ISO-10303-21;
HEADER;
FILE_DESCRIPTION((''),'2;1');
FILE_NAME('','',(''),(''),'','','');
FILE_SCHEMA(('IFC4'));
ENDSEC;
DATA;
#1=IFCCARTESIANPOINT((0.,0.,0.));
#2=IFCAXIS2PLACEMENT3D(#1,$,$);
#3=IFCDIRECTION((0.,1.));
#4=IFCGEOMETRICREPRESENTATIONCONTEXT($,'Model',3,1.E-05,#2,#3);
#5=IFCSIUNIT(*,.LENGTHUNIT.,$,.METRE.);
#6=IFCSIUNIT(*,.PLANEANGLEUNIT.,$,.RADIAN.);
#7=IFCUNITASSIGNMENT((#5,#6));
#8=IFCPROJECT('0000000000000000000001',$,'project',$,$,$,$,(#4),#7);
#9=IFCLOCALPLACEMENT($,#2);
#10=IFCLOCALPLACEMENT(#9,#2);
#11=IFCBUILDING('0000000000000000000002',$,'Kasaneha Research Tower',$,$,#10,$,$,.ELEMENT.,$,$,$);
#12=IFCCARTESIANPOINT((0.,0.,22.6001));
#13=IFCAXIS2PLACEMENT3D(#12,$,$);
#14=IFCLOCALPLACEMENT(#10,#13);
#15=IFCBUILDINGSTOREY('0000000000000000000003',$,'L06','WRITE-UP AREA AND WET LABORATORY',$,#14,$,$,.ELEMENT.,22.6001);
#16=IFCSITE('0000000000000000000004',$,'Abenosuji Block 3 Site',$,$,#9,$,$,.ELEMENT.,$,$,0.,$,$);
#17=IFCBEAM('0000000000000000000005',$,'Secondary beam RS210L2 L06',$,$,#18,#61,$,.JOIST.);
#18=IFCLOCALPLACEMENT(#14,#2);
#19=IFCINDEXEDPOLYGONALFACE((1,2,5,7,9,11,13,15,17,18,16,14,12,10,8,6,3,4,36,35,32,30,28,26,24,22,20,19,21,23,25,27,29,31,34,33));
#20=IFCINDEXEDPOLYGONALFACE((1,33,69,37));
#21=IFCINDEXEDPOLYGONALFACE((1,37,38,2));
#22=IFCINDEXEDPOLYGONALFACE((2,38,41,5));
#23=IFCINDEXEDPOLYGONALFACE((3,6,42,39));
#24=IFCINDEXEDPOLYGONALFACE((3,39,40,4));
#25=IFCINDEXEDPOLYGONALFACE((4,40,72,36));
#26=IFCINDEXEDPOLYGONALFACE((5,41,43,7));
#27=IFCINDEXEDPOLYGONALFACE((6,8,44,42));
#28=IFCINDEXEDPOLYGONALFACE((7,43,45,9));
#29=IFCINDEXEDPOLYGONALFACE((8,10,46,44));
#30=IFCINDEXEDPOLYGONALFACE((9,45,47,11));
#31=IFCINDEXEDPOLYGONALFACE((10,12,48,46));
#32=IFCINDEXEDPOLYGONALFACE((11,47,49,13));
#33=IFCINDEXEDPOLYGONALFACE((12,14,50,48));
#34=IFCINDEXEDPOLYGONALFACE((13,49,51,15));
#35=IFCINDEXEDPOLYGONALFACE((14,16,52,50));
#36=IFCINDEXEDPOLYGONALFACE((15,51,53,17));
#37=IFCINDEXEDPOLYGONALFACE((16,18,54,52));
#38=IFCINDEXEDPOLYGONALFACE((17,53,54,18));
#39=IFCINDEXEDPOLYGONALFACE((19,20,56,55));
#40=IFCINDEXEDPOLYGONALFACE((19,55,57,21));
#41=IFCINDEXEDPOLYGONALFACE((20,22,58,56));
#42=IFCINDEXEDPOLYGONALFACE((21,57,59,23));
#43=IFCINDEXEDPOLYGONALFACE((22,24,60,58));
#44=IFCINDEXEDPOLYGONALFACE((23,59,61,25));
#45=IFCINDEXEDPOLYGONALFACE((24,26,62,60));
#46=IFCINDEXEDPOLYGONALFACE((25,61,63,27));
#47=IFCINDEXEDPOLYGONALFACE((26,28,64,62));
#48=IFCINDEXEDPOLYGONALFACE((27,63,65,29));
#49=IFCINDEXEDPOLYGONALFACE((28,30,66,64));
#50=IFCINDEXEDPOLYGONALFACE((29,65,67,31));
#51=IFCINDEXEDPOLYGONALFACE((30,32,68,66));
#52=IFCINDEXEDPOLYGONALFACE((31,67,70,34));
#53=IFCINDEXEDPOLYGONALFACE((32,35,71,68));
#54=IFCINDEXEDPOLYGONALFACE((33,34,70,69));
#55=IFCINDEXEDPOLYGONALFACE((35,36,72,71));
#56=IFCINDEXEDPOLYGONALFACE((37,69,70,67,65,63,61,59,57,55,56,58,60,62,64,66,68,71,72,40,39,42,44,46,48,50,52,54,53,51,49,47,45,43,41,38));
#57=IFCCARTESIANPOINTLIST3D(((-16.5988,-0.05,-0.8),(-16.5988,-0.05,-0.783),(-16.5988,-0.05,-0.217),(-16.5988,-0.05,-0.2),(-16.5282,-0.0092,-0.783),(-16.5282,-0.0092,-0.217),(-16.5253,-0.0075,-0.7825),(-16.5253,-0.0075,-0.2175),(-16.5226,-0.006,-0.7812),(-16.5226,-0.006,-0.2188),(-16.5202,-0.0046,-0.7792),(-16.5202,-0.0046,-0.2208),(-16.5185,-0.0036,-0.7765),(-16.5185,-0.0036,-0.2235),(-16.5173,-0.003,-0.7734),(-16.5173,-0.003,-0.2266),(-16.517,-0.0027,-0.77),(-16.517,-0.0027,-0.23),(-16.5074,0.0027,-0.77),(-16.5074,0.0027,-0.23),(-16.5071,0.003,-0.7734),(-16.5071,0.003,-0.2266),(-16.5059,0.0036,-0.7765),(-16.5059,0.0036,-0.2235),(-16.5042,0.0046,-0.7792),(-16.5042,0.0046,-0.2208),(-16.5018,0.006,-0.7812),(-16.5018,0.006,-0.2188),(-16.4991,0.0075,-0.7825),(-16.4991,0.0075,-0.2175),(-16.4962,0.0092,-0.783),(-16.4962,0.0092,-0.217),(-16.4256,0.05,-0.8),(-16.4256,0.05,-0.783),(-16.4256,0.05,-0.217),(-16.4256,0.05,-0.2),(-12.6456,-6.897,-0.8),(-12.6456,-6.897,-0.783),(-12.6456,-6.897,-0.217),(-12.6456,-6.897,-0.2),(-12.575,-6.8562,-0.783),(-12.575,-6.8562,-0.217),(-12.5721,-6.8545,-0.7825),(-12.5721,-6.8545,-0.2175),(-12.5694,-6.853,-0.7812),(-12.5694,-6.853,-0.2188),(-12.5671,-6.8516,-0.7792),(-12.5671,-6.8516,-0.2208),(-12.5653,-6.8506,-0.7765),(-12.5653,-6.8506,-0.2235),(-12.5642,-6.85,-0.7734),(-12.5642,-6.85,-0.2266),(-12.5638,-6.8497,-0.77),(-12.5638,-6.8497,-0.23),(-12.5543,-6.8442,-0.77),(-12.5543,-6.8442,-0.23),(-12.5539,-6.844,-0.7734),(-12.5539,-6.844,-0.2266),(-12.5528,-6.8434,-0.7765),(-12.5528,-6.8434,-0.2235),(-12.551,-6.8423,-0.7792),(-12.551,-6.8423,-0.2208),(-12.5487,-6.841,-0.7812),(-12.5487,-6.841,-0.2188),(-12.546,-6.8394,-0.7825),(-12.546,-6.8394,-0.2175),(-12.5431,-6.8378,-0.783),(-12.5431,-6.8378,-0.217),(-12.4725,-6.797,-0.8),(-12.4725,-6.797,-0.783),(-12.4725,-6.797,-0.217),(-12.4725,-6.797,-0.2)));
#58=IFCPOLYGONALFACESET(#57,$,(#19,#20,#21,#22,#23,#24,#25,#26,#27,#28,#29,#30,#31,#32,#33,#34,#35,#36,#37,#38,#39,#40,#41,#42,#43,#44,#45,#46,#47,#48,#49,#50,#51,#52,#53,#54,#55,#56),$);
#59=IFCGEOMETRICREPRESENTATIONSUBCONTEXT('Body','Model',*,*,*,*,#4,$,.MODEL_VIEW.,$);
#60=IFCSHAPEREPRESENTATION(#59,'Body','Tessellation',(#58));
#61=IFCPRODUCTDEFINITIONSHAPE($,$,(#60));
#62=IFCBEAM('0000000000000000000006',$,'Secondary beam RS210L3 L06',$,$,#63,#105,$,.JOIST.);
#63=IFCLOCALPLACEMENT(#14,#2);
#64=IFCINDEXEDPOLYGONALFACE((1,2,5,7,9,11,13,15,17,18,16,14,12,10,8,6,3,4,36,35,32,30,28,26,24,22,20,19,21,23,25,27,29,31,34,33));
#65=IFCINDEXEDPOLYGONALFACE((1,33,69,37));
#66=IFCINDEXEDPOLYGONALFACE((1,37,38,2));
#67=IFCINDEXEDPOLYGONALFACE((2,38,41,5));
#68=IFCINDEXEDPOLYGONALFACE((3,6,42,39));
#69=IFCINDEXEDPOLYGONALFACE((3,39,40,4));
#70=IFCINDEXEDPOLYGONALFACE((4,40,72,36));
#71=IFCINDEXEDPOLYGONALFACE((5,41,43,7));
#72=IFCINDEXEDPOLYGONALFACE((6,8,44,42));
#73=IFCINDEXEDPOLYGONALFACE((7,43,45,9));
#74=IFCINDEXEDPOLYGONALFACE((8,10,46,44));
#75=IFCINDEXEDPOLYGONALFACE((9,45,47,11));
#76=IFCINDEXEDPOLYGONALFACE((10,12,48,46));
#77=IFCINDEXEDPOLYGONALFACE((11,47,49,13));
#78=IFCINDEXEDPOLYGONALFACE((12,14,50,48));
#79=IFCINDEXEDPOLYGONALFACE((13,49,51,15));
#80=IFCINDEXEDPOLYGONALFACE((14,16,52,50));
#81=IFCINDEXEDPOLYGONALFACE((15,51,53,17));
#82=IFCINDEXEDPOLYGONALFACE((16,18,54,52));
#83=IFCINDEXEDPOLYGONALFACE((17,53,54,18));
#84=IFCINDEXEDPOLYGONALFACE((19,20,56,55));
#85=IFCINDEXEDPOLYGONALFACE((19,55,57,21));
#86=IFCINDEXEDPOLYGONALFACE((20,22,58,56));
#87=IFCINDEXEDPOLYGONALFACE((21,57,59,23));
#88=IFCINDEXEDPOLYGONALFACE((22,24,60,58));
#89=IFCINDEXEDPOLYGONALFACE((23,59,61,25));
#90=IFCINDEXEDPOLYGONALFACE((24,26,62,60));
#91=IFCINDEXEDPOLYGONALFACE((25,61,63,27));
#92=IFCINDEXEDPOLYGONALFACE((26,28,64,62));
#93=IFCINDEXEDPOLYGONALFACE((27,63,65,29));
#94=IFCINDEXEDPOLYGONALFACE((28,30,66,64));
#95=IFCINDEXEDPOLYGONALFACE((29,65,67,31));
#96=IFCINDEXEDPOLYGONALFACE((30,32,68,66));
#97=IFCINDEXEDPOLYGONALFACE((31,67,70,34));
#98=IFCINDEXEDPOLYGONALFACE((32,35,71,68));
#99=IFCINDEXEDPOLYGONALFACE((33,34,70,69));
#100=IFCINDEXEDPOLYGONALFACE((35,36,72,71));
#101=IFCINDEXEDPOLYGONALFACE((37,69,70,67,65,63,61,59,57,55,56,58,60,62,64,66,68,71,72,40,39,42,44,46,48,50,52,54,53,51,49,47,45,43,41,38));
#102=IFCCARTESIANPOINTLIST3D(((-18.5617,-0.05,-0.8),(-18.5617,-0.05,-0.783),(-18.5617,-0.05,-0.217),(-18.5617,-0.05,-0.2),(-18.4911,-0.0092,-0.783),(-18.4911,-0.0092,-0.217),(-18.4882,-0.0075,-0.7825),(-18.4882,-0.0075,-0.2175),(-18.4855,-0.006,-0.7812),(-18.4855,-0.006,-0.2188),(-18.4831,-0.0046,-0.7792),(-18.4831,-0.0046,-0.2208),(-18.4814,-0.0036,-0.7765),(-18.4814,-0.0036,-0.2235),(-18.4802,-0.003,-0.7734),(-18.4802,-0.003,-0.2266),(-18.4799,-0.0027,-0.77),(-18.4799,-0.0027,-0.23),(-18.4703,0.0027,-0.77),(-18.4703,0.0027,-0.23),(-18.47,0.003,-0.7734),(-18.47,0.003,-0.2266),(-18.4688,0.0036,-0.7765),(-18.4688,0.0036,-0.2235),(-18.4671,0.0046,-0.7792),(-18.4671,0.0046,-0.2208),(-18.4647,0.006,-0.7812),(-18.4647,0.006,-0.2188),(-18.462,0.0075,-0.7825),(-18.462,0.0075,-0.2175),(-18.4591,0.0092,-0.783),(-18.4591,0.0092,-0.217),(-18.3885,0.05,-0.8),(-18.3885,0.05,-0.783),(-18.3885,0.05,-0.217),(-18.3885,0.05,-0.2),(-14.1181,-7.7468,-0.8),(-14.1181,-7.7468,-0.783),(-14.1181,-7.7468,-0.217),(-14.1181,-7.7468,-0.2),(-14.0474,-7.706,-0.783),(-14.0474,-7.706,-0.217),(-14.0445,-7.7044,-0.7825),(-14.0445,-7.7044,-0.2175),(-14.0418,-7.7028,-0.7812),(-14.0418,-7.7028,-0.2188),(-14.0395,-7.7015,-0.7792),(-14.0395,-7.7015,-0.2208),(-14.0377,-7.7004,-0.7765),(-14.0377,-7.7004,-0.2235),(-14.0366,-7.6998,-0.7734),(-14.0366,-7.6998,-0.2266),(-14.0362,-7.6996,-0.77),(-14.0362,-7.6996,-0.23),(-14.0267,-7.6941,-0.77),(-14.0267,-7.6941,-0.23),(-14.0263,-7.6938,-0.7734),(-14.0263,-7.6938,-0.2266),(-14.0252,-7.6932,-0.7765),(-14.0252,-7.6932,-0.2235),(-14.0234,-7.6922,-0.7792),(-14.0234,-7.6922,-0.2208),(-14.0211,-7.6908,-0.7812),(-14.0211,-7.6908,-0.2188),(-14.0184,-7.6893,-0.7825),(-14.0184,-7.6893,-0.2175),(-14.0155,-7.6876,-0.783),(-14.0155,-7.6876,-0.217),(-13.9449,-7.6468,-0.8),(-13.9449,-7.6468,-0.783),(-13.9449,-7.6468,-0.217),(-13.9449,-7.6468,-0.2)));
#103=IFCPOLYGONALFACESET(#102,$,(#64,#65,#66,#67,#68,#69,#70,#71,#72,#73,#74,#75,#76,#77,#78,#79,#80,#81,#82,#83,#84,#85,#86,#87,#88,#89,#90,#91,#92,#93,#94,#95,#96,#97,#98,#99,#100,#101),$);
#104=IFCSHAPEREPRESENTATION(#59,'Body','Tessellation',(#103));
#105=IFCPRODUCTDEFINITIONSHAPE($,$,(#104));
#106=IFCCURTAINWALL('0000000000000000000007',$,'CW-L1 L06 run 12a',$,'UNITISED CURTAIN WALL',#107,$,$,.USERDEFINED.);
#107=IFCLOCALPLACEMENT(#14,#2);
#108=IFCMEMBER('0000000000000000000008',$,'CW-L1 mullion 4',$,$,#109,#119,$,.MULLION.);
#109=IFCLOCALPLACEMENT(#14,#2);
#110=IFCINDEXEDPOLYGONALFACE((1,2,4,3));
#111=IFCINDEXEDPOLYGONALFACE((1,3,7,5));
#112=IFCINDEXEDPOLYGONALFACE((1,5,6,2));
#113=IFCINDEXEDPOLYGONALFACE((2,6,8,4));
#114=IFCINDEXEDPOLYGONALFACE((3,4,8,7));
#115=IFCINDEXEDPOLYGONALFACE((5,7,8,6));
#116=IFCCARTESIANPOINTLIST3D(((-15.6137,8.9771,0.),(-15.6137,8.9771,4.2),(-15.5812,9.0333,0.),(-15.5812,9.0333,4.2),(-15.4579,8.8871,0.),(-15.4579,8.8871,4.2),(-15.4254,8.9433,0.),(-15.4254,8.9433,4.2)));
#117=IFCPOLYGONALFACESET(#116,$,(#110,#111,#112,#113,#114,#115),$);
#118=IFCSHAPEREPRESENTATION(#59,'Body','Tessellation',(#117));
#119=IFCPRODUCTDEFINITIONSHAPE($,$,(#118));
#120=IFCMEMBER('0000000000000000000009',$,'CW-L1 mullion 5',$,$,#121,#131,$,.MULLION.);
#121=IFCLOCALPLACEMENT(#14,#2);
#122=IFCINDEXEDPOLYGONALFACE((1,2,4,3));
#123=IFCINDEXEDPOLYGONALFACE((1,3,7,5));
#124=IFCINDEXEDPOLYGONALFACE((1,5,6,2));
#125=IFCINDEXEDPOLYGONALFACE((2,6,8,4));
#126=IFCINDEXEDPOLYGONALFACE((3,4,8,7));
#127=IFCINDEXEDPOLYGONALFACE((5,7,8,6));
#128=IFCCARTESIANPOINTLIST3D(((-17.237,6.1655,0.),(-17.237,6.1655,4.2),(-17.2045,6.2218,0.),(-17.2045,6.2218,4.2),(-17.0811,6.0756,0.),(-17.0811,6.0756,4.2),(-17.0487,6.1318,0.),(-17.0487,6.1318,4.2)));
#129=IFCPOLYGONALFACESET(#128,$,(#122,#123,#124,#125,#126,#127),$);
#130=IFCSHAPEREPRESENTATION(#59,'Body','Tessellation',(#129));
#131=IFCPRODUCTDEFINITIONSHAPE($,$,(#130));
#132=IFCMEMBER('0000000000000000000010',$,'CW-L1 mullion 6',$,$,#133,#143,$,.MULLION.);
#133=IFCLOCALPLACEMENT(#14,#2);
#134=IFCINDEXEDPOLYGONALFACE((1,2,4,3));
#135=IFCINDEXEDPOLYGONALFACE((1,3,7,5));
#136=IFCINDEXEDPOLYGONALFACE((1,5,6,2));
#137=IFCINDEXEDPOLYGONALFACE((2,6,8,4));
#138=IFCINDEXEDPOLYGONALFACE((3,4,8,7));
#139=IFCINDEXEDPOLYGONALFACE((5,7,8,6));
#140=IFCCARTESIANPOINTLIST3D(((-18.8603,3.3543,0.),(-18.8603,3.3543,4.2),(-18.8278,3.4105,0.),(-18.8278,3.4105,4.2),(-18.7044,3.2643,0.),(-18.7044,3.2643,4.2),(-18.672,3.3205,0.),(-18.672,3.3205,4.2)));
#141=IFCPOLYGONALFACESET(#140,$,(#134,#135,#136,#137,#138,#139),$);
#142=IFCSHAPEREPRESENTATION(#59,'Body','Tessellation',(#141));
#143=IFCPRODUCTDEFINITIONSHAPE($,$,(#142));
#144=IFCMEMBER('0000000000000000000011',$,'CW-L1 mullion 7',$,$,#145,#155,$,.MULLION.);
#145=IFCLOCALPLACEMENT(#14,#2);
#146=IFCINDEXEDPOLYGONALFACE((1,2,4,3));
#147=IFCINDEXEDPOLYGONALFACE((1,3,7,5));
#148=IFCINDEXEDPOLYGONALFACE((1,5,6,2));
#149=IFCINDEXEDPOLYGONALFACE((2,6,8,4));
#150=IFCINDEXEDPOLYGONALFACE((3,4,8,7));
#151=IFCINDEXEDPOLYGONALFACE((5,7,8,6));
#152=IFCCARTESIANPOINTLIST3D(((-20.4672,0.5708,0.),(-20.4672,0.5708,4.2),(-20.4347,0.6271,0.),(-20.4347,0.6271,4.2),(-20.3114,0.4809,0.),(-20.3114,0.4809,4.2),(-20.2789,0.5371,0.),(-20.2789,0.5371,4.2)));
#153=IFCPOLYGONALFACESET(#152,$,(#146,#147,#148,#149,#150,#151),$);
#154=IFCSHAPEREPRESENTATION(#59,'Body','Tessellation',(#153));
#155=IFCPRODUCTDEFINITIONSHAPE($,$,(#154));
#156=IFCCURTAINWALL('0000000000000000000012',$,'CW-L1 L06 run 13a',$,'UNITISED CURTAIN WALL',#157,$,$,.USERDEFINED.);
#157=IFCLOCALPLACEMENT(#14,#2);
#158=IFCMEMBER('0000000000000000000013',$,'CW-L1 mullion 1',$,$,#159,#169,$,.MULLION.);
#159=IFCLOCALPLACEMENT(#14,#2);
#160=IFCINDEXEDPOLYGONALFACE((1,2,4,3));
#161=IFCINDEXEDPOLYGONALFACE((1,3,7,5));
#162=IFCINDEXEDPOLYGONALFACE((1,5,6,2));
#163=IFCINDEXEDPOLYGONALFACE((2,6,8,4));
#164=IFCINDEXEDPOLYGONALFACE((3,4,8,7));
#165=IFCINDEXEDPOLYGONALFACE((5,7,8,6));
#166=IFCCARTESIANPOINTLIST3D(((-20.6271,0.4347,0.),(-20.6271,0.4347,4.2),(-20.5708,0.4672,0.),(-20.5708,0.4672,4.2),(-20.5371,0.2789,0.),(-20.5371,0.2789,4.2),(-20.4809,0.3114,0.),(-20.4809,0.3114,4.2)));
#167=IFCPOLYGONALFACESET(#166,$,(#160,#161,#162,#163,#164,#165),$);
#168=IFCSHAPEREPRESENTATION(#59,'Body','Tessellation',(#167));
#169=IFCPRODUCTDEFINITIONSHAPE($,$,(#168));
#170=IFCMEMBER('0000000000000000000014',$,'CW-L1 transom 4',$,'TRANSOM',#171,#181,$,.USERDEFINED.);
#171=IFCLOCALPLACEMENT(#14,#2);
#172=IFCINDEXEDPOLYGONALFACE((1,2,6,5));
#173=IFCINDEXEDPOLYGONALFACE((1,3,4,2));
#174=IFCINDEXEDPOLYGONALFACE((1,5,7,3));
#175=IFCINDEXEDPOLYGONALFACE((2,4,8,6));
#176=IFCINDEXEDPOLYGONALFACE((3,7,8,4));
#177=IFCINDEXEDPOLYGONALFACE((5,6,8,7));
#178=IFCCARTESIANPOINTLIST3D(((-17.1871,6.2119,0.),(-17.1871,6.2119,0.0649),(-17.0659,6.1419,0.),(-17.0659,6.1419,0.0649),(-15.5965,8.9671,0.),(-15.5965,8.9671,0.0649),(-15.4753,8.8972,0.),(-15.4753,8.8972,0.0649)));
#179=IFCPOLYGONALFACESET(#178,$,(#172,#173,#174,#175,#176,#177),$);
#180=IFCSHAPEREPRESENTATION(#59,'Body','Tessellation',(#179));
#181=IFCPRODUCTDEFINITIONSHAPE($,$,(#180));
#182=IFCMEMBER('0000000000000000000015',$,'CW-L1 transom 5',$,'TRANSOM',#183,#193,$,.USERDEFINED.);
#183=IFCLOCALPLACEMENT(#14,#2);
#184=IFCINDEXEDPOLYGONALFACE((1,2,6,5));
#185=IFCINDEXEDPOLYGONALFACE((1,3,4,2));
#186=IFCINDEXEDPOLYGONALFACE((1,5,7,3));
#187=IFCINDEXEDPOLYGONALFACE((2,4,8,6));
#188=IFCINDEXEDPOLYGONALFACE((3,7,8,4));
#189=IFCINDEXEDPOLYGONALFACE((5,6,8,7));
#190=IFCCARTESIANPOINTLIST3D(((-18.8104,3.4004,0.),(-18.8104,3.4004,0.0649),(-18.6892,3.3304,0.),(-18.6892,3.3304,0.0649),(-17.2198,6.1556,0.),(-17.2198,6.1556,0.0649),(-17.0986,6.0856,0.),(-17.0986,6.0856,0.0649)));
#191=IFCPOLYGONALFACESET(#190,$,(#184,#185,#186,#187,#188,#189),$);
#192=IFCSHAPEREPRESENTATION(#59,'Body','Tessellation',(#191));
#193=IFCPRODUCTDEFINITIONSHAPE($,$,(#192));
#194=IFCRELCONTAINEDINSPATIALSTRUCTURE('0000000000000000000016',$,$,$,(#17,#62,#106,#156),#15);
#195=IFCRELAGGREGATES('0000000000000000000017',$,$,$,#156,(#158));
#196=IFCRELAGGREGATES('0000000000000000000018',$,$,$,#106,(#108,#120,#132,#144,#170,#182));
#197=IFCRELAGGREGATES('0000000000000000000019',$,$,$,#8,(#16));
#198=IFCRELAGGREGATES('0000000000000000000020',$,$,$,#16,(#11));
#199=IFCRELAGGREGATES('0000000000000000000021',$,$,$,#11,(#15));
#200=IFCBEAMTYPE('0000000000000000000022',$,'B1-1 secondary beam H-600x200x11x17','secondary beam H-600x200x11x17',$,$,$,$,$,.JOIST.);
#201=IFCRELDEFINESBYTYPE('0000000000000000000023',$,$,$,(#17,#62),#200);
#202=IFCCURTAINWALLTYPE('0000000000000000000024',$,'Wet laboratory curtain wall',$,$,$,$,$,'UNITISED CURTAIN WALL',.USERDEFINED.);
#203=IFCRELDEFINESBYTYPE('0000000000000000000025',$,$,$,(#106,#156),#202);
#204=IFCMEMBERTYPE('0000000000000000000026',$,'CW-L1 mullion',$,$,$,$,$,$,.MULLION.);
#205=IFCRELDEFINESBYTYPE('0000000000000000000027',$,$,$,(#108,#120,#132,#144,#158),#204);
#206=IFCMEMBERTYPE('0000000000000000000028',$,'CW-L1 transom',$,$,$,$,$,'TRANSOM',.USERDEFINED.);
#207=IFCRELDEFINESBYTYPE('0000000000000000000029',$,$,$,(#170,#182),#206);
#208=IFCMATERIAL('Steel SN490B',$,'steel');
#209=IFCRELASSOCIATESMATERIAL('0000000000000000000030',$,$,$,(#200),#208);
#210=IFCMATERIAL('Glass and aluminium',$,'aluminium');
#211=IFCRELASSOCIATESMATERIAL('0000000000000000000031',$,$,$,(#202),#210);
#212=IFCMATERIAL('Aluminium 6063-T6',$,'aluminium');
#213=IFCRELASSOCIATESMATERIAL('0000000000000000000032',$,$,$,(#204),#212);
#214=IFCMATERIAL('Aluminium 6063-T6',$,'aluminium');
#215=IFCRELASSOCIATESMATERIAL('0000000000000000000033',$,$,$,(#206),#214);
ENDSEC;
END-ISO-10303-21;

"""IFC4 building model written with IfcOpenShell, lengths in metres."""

from ifc_helpers import new_model, si_unit, direction, frame, origin, origin_2d, place, context, subcontext, project, spatial, rectangle, i_section, extrude, material, material_profile, profile_set, type_object, element, aggregate, save


model = new_model("IFC4")

# Units and contexts
model_context = context("Model", 3, precision=1e-05, world=origin(), true_north=direction((0.0, 1.0)))
body_context = subcontext(model_context, "Body", "Model", "MODEL_VIEW")
ifc_project = project(units=[si_unit("LENGTHUNIT", "METRE"), si_unit("PLANEANGLEUNIT", "RADIAN")], contexts=[model_context])

# Site, building, storey
site_placement = place(None, origin())
site = spatial("IfcSite", under=ifc_project, at=site_placement, Name="Abenosuji Block 3 Site", CompositionType="ELEMENT", RefElevation=0.0)
building_placement = place(site_placement, origin())
building = spatial("IfcBuilding", under=site, at=building_placement, Name="Kasaneha Research Tower", CompositionType="ELEMENT")
storey_placement = place(building_placement, frame((0.0, 0.0, 22.6001)))
storey = spatial("IfcBuildingStorey", under=building, at=storey_placement, Name="L06", Description="WRITE-UP AREA AND WET LABORATORY", CompositionType="ELEMENT", Elevation=22.6001)

# Beams
ifc_material_1 = material(Name="Steel SN490B", Category="steel")
ifc_material_profile_1 = material_profile(ifc_material_1, i_section(OverallWidth=0.2, OverallDepth=0.6001, WebThickness=0.011, FlangeThickness=0.0171, FilletRadius=0.0129, at=origin_2d()), Name="H-600x200x11x17")
ifc_profile_set_1 = profile_set([ifc_material_profile_1], Name="Steel SN490B")
beam_type_1 = type_object("IfcBeamType", Name="B1-1 secondary beam H-600x200x11x17", Description="secondary beam H-600x200x11x17", PredefinedType="JOIST", material=ifc_profile_set_1)
beam_1_placement = place(storey_placement, frame((-16.5122, 0.0, -0.5), z_axis=(0.500005, -0.866023, 0.0), x_axis=(0.866023, 0.500005, 0.0)))
element("IfcBeam", 1, at=beam_1_placement, inside=storey, type_object=beam_type_1, Name="Secondary beam RS210L2 L06", PredefinedType="JOIST", context=body_context, shape_type="SweptSolid", body=[
    extrude(i_section(OverallWidth=0.2, OverallDepth=0.6001, WebThickness=0.011, FlangeThickness=0.0171, FilletRadius=0.0129, at=origin_2d()), origin(), (0.0, 0.0, 1.0), 7.9062),
])
beam_2_placement = place(storey_placement, frame((-18.4751, 0.0, -0.5), z_axis=(0.499989, -0.866032, 0.0), x_axis=(0.866032, 0.499989, 0.0)))
element("IfcBeam", 2, at=beam_2_placement, inside=storey, type_object=beam_type_1, Name="Secondary beam RS210L3 L06", PredefinedType="JOIST", context=body_context, shape_type="SweptSolid", body=[
    extrude(i_section(OverallWidth=0.2, OverallDepth=0.6001, WebThickness=0.011, FlangeThickness=0.0171, FilletRadius=0.0129, at=origin_2d()), origin(), (0.0, 0.0, 1.0), 8.8875),
])

# Curtain wall, members
ifc_material_2 = material(Name="Glass and aluminium", Category="aluminium")
curtain_wall_type = type_object("IfcCurtainWallType", Name="Wet laboratory curtain wall", ElementType="UNITISED CURTAIN WALL", PredefinedType="USERDEFINED", material=ifc_material_2)
curtain_wall_1_placement = place(storey_placement, origin())
curtain_wall_1 = element("IfcCurtainWall", 3, at=curtain_wall_1_placement, inside=storey, type_object=curtain_wall_type, Name="CW-L1 L06 run 12a", ObjectType="UNITISED CURTAIN WALL", PredefinedType="USERDEFINED")
ifc_material_3 = material(Name="Aluminium 6063-T6", Category="aluminium")
ifc_material_profile_2 = material_profile(ifc_material_3, rectangle(XDim=0.0649, YDim=0.1799, at=origin_2d()), Name="CW-L1 mullion 65x180")
ifc_profile_set_2 = profile_set([ifc_material_profile_2], Name="Aluminium 6063-T6")
member_type_1 = type_object("IfcMemberType", Name="CW-L1 mullion", PredefinedType="MULLION", material=ifc_profile_set_2)
member_1_placement = place(storey_placement, frame((-15.5195, 8.9602, 0.0), z_axis=(0.0, 0.0, 1.0), x_axis=(-0.5, -0.866025, 0.0)))
member_1 = element("IfcMember", 4, at=member_1_placement, type_object=member_type_1, Name="CW-L1 mullion 4", PredefinedType="MULLION", context=body_context, shape_type="SweptSolid", body=[
    extrude(rectangle(XDim=0.0649, YDim=0.1799, at=origin_2d()), origin(), (0.0, 0.0, 1.0), 4.2),
])
member_2_placement = place(storey_placement, frame((-17.1428, 6.1487, 0.0), z_axis=(0.0, 0.0, 1.0), x_axis=(-0.5, -0.866025, 0.0)))
member_2 = element("IfcMember", 5, at=member_2_placement, type_object=member_type_1, Name="CW-L1 mullion 5", PredefinedType="MULLION", context=body_context, shape_type="SweptSolid", body=[
    extrude(rectangle(XDim=0.0649, YDim=0.1799, at=origin_2d()), origin(), (0.0, 0.0, 1.0), 4.2),
])
member_3_placement = place(storey_placement, frame((-18.7661, 3.3374, 0.0), z_axis=(0.0, 0.0, 1.0), x_axis=(-0.5, -0.866025, 0.0)))
member_3 = element("IfcMember", 6, at=member_3_placement, type_object=member_type_1, Name="CW-L1 mullion 6", PredefinedType="MULLION", context=body_context, shape_type="SweptSolid", body=[
    extrude(rectangle(XDim=0.0649, YDim=0.1799, at=origin_2d()), origin(), (0.0, 0.0, 1.0), 4.2),
])
member_4_placement = place(storey_placement, frame((-20.373, 0.554, 0.0), z_axis=(0.0, 0.0, 1.0), x_axis=(-0.5, -0.866025, 0.0)))
member_4 = element("IfcMember", 7, at=member_4_placement, type_object=member_type_1, Name="CW-L1 mullion 7", PredefinedType="MULLION", context=body_context, shape_type="SweptSolid", body=[
    extrude(rectangle(XDim=0.0649, YDim=0.1799, at=origin_2d()), origin(), (0.0, 0.0, 1.0), 4.2),
])

# Curtain wall, member
curtain_wall_2_placement = place(storey_placement, origin())
curtain_wall_2 = element("IfcCurtainWall", 8, at=curtain_wall_2_placement, inside=storey, type_object=curtain_wall_type, Name="CW-L1 L06 run 13a", ObjectType="UNITISED CURTAIN WALL", PredefinedType="USERDEFINED")
member_5_placement = place(storey_placement, frame((-20.554, 0.373, 0.0), z_axis=(0.0, 0.0, 1.0), x_axis=(-0.866025, -0.5, 0.0)))
member_5 = element("IfcMember", 9, at=member_5_placement, type_object=member_type_1, Name="CW-L1 mullion 1", PredefinedType="MULLION", context=body_context, shape_type="SweptSolid", body=[
    extrude(rectangle(XDim=0.0649, YDim=0.1799, at=origin_2d()), origin(), (0.0, 0.0, 1.0), 4.2),
])

# Members
ifc_material_4 = material(Name="Aluminium 6063-T6", Category="aluminium")
ifc_material_profile_3 = material_profile(ifc_material_4, rectangle(XDim=0.1399, YDim=0.0649, at=origin_2d()), Name="CW-L1 transom 140x65")
ifc_profile_set_3 = profile_set([ifc_material_profile_3], Name="Aluminium 6063-T6")
member_type_2 = type_object("IfcMemberType", Name="CW-L1 transom", ElementType="TRANSOM", PredefinedType="USERDEFINED", material=ifc_profile_set_3)
member_6_placement = place(storey_placement, frame((-15.5359, 8.9321, 0.0325), z_axis=(-0.499977, -0.866039, 0.0), x_axis=(0.866039, -0.499977, 0.0)))
member_6 = element("IfcMember", 10, at=member_6_placement, type_object=member_type_2, Name="CW-L1 transom 4", ObjectType="TRANSOM", PredefinedType="USERDEFINED", context=body_context, shape_type="SweptSolid", body=[
    extrude(rectangle(XDim=0.1399, YDim=0.0649, at=origin_2d()), origin(), (0.0, 0.0, 1.0), 3.1814),
])
member_7_placement = place(storey_placement, frame((-17.1592, 6.1206, 0.0325), z_axis=(-0.499977, -0.866039, 0.0), x_axis=(0.866039, -0.499977, 0.0)))
member_7 = element("IfcMember", 11, at=member_7_placement, type_object=member_type_2, Name="CW-L1 transom 5", ObjectType="TRANSOM", PredefinedType="USERDEFINED", context=body_context, shape_type="SweptSolid", body=[
    extrude(rectangle(XDim=0.1399, YDim=0.0649, at=origin_2d()), origin(), (0.0, 0.0, 1.0), 3.1814),
])
aggregate(curtain_wall_2, [member_5])

aggregate(curtain_wall_1, [member_1, member_2, member_3, member_4, member_6, member_7])

save(model, "model.ifc")
